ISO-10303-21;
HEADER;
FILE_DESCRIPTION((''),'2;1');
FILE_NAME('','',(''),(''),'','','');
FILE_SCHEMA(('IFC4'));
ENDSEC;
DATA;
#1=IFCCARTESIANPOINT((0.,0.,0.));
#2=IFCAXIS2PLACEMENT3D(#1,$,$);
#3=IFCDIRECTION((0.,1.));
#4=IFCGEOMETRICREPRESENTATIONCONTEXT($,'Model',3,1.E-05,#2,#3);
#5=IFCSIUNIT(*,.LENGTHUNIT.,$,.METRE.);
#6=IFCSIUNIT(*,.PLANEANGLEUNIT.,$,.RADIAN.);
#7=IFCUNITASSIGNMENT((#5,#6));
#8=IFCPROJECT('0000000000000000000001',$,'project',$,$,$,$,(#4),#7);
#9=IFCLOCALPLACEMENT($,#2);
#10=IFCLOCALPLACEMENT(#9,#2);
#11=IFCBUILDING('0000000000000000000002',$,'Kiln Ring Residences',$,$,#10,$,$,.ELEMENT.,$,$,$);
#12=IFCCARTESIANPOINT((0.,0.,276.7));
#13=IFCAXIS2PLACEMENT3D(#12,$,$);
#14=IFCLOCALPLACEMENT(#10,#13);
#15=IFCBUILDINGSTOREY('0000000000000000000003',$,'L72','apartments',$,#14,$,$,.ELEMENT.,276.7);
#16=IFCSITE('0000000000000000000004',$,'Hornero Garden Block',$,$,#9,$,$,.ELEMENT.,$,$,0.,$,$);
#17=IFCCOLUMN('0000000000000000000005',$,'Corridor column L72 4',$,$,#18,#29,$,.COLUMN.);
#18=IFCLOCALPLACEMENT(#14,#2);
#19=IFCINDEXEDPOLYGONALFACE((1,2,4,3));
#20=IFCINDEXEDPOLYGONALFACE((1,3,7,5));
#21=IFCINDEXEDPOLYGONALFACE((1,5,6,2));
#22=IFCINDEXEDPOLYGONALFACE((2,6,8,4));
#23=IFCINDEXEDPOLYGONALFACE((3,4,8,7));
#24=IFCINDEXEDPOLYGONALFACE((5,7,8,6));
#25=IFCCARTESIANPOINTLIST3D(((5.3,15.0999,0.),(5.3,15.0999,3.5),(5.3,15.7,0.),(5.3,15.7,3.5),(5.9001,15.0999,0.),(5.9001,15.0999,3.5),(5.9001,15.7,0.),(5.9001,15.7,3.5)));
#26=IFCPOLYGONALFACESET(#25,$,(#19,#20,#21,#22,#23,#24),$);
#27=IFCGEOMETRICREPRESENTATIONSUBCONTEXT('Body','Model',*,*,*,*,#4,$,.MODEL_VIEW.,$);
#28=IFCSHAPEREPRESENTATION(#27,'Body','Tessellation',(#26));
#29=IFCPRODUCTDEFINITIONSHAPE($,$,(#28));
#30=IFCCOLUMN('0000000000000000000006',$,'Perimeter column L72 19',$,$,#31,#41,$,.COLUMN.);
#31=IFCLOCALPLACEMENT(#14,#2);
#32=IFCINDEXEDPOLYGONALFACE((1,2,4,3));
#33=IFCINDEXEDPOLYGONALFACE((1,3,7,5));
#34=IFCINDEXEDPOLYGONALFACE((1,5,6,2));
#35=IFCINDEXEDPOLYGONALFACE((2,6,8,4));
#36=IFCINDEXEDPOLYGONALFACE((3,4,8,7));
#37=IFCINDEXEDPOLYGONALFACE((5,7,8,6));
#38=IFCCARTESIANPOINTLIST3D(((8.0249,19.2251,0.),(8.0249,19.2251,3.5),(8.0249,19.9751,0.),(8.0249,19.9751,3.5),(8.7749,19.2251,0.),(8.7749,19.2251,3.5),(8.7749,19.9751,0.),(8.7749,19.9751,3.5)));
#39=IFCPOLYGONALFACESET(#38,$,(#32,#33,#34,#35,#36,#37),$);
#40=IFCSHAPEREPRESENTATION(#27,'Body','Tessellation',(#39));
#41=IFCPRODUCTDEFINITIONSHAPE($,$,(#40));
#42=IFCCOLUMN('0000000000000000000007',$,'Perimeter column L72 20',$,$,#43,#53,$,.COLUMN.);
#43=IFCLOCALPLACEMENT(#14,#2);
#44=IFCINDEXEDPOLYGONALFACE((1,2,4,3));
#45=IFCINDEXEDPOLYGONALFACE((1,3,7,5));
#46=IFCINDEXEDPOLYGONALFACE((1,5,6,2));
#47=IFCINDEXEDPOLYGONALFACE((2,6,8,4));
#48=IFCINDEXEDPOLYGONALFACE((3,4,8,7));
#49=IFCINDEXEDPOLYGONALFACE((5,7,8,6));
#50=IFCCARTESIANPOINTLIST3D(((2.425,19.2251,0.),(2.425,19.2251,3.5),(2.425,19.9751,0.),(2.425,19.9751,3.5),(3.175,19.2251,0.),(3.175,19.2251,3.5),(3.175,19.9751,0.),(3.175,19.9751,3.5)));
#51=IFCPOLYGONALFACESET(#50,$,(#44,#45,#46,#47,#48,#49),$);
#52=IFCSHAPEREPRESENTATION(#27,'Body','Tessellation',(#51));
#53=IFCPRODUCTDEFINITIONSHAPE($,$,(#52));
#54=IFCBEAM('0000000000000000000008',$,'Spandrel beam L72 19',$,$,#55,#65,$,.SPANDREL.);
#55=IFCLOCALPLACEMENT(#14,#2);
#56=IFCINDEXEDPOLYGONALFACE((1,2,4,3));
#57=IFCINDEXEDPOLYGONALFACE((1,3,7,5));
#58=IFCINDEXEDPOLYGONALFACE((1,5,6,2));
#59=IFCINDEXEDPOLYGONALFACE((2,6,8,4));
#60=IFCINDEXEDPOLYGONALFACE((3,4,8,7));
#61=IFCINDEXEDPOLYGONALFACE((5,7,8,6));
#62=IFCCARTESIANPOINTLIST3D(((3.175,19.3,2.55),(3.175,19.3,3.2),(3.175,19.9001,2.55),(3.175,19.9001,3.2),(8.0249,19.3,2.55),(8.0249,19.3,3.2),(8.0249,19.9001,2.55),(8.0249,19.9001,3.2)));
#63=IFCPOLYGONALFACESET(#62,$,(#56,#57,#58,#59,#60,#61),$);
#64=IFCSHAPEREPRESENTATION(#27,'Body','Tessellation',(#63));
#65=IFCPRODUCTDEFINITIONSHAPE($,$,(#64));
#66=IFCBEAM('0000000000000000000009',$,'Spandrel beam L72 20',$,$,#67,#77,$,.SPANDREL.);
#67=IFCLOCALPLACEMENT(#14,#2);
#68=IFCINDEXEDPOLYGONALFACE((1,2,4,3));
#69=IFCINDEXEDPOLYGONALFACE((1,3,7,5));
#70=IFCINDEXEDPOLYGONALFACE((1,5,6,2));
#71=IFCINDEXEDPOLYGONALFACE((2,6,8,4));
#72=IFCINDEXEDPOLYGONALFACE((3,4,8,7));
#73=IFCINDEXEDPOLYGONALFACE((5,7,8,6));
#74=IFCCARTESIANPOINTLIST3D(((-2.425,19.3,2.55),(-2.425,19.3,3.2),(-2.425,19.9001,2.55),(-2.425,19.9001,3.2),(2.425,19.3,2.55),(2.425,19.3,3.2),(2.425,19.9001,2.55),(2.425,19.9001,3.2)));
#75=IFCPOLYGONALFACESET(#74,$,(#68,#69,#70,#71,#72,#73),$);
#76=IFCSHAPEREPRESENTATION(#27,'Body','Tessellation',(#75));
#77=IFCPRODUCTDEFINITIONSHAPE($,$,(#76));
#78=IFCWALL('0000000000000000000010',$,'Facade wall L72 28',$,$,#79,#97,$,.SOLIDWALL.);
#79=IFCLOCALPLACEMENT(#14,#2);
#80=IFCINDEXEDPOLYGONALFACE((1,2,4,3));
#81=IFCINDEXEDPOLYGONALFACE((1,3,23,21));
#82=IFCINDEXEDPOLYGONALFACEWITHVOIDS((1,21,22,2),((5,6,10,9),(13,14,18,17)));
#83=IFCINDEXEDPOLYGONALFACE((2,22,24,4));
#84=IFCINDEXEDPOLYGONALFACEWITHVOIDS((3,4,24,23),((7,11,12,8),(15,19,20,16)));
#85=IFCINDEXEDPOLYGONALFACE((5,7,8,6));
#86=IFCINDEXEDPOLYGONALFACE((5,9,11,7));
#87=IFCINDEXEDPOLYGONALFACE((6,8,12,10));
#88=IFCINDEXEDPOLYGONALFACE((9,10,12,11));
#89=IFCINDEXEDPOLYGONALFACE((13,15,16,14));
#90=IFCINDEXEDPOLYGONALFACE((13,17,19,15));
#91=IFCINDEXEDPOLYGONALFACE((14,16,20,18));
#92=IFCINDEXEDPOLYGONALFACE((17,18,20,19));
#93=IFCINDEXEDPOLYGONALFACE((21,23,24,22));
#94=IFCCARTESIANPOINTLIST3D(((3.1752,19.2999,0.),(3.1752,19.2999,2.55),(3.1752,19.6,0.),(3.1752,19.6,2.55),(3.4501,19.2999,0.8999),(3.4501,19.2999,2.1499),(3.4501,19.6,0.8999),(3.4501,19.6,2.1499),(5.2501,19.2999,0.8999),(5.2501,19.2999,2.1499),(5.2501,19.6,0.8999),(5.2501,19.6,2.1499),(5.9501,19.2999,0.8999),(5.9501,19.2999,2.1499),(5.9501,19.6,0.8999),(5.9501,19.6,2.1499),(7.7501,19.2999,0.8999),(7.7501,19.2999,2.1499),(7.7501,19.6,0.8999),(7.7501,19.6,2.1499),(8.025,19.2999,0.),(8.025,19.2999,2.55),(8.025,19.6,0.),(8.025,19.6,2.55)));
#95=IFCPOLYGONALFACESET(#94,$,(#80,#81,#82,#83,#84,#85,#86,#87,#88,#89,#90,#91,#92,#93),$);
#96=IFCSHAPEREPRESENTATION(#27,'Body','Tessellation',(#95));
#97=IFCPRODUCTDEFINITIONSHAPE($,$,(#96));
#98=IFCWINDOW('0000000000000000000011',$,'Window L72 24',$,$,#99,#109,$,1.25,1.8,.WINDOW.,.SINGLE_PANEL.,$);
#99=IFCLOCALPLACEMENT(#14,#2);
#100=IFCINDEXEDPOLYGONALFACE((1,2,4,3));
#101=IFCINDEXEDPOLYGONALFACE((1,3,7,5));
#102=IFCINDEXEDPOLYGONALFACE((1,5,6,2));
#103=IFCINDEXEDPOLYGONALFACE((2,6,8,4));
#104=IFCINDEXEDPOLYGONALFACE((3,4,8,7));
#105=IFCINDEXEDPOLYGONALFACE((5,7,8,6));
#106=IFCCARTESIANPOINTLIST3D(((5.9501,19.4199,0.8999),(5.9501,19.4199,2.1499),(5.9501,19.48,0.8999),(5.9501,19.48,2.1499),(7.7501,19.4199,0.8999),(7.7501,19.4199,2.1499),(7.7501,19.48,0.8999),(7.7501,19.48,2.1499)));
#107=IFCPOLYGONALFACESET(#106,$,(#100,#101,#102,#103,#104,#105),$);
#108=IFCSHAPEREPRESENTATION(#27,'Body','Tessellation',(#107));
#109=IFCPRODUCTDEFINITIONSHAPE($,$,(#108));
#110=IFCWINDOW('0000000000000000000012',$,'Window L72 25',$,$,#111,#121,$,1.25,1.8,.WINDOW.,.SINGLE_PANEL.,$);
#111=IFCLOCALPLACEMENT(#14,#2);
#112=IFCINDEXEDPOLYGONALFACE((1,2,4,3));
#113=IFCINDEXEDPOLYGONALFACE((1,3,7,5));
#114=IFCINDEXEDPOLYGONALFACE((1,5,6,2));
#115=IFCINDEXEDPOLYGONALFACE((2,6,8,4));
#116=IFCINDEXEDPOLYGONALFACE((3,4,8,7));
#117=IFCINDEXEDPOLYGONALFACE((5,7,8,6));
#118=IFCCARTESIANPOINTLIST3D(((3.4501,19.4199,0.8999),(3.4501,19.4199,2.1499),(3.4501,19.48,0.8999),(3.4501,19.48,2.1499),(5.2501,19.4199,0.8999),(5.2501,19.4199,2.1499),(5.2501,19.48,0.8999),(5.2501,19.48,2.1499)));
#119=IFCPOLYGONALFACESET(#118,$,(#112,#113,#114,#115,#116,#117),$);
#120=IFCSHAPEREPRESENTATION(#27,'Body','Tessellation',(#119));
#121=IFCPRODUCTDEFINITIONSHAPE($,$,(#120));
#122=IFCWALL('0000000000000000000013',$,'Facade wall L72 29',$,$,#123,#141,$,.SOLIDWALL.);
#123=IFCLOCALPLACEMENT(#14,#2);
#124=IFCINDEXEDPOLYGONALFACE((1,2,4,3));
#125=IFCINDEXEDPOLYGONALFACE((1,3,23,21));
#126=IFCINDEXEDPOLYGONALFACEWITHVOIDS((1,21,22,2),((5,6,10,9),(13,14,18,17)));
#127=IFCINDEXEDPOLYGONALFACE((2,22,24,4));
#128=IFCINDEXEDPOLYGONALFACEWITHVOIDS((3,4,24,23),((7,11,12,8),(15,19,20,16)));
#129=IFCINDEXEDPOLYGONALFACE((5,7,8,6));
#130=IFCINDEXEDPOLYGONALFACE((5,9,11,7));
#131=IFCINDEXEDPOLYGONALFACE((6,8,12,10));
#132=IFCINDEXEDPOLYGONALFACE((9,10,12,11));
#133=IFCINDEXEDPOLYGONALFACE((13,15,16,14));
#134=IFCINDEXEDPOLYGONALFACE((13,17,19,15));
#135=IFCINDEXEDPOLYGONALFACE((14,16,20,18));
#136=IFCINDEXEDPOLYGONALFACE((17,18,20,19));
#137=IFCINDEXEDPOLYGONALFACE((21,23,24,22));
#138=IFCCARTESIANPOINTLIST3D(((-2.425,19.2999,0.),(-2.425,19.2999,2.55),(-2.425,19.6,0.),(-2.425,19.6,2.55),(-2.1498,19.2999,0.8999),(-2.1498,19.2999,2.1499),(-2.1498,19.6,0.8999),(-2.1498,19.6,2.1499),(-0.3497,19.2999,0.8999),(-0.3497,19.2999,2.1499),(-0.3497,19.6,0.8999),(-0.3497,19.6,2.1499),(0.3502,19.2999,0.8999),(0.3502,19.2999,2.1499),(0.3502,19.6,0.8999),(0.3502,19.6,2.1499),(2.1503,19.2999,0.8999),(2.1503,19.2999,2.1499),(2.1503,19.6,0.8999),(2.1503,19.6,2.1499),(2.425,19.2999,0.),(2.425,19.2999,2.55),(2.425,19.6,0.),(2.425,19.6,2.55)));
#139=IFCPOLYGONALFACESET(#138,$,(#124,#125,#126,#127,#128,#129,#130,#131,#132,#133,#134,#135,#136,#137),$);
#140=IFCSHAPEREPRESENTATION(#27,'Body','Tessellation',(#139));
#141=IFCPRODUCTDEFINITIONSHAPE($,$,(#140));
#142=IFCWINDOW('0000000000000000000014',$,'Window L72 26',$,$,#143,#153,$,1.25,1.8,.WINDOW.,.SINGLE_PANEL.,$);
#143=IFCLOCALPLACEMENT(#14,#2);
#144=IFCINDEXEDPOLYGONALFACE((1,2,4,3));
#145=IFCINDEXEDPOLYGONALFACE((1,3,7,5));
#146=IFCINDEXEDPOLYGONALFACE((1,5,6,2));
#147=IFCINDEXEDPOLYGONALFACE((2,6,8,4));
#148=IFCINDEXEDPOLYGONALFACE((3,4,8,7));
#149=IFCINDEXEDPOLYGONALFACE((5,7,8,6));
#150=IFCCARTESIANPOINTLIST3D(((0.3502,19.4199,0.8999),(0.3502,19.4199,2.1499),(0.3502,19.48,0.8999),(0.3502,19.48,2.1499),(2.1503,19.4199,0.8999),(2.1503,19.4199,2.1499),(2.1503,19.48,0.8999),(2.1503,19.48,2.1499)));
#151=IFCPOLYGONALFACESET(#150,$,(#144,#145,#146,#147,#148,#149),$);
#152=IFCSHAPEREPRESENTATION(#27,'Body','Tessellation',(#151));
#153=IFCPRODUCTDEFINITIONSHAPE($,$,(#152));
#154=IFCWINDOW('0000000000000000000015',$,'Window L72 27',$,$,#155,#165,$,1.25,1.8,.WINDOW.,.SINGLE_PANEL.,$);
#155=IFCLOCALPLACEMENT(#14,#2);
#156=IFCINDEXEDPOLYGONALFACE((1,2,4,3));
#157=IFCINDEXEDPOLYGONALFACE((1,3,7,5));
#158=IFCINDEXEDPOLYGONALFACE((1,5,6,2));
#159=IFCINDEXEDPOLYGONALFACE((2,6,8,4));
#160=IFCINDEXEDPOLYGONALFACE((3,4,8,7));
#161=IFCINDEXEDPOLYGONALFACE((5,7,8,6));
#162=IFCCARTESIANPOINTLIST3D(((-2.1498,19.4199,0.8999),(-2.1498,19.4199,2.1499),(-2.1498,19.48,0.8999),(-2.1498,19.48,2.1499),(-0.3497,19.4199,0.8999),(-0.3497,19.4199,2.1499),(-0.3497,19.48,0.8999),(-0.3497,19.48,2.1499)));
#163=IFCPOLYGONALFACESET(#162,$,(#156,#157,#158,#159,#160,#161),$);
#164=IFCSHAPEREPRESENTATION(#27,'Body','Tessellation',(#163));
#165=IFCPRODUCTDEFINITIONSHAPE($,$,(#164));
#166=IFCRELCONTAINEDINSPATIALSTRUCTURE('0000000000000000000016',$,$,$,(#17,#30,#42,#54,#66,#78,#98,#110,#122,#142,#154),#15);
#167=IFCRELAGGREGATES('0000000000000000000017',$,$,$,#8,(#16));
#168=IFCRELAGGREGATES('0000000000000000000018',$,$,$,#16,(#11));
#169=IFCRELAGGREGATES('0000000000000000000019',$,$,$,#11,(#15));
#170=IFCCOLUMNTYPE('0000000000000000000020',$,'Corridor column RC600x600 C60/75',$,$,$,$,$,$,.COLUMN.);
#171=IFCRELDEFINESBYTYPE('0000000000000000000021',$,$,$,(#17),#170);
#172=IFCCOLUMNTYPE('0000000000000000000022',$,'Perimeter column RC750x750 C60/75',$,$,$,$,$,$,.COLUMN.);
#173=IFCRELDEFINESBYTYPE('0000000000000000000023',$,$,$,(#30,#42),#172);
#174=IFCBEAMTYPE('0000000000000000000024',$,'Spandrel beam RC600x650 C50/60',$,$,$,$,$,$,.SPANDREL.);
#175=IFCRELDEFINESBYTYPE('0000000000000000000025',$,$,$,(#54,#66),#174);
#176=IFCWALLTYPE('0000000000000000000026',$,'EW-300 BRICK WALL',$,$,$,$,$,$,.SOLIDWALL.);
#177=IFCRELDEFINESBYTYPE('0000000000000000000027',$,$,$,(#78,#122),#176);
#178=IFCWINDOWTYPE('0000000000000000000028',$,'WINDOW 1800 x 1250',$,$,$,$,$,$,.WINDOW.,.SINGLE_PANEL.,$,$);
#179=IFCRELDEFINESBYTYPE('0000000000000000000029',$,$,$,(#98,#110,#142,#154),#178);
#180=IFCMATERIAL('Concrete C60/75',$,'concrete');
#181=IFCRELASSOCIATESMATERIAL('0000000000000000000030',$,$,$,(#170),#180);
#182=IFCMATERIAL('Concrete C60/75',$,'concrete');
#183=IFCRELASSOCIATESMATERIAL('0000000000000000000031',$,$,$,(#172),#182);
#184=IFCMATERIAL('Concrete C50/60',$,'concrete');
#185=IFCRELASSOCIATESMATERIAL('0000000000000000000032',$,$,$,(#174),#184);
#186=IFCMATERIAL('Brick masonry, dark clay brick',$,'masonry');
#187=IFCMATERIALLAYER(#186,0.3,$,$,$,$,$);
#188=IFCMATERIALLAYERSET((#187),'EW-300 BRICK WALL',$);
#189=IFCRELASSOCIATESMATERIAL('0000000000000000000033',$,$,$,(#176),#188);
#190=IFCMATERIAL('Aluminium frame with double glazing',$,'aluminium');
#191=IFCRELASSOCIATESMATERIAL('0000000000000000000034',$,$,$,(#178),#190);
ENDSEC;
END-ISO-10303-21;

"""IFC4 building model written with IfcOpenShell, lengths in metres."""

from ifc_helpers import new_model, si_unit, direction, frame, frame_2d, origin, origin_2d, place, context, subcontext, project, spatial, rectangle, extrude, material, layer, layer_set, material_profile, profile_set, type_object, element, fill, save


model = new_model("IFC4")

# Units and contexts
model_context = context("Model", 3, precision=1e-05, world=origin(), true_north=direction((0.0, 1.0)))
body_context = subcontext(model_context, "Body", "Model", "MODEL_VIEW")
ifc_project = project(units=[si_unit("LENGTHUNIT", "METRE"), si_unit("PLANEANGLEUNIT", "RADIAN")], contexts=[model_context])

# Site, building, storey
site_placement = place(None, origin())
site = spatial("IfcSite", under=ifc_project, at=site_placement, Name="Hornero Garden Block", CompositionType="ELEMENT", RefElevation=0.0)
building_placement = place(site_placement, origin())
building = spatial("IfcBuilding", under=site, at=building_placement, Name="Kiln Ring Residences", CompositionType="ELEMENT")
storey_placement = place(building_placement, frame((0.0, 0.0, 276.7)))
storey = spatial("IfcBuildingStorey", under=building, at=storey_placement, Name="L72", Description="apartments", CompositionType="ELEMENT", Elevation=276.7)

# Columns
ifc_material_1 = material(Name="Concrete C60/75", Category="concrete")
ifc_material_profile_1 = material_profile(ifc_material_1, rectangle(XDim=0.6001, YDim=0.6001, at=origin_2d()), Name="RC600x600")
ifc_profile_set_1 = profile_set([ifc_material_profile_1], Name="Concrete C60/75")
column_type_1 = type_object("IfcColumnType", Name="Corridor column RC600x600 C60/75", PredefinedType="COLUMN", material=ifc_profile_set_1)
column_placement = place(storey_placement, frame((5.6001, 15.3999, 0.0), z_axis=(0.0, 0.0, 1.0), x_axis=(1.0, 0.0, 0.0)))
element("IfcColumn", 1, at=column_placement, inside=storey, type_object=column_type_1, Name="Corridor column L72 4", PredefinedType="COLUMN", context=body_context, shape_type="SweptSolid", body=[
    extrude(rectangle(XDim=0.6001, YDim=0.6001, at=origin_2d()), origin(), (0.0, 0.0, 1.0), 3.5),
])
ifc_material_2 = material(Name="Concrete C60/75", Category="concrete")
ifc_material_profile_2 = material_profile(ifc_material_2, rectangle(XDim=0.75, YDim=0.75, at=origin_2d()), Name="RC750x750")
ifc_profile_set_2 = profile_set([ifc_material_profile_2], Name="Concrete C60/75")
column_type_2 = type_object("IfcColumnType", Name="Perimeter column RC750x750 C60/75", PredefinedType="COLUMN", material=ifc_profile_set_2)
for number, where, z_axis, x_axis, name in (
    (2, (8.3999, 19.6001, 0.0), (0.0, 0.0, 1.0), (1.0, 0.0, 0.0), "Perimeter column L72 19"),
    (3, (2.8, 19.6001, 0.0), (0.0, 0.0, 1.0), (1.0, 0.0, 0.0), "Perimeter column L72 20"),
):
    element("IfcColumn", number, at=place(storey_placement, frame(where, z_axis=z_axis, x_axis=x_axis)), inside=storey, type_object=column_type_2, Name=name, PredefinedType="COLUMN", context=body_context, shape_type="SweptSolid", body=[
        extrude(rectangle(XDim=0.75, YDim=0.75, at=origin_2d()), origin(), (0.0, 0.0, 1.0), 3.5),
    ])

# Beams
ifc_material_3 = material(Name="Concrete C50/60", Category="concrete")
ifc_material_profile_3 = material_profile(ifc_material_3, rectangle(XDim=0.6001, YDim=0.6499, at=origin_2d()), Name="RC600x650")
ifc_profile_set_3 = profile_set([ifc_material_profile_3], Name="Concrete C50/60")
beam_type = type_object("IfcBeamType", Name="Spandrel beam RC600x650 C50/60", PredefinedType="SPANDREL", material=ifc_profile_set_3)
beam_1_placement = place(storey_placement, frame((8.0249, 19.6001, 2.875), z_axis=(-1.0, 0.0, 0.0), x_axis=(0.0, -1.0, 0.0)))
element("IfcBeam", 4, at=beam_1_placement, inside=storey, type_object=beam_type, Name="Spandrel beam L72 19", PredefinedType="SPANDREL", context=body_context, shape_type="SweptSolid", body=[
    extrude(rectangle(XDim=0.6001, YDim=0.6499, at=origin_2d()), origin(), (0.0, 0.0, 1.0), 4.8499),
])
beam_2_placement = place(storey_placement, frame((2.425, 19.6001, 2.875), z_axis=(-1.0, 0.0, 0.0), x_axis=(0.0, -1.0, 0.0)))
element("IfcBeam", 5, at=beam_2_placement, inside=storey, type_object=beam_type, Name="Spandrel beam L72 20", PredefinedType="SPANDREL", context=body_context, shape_type="SweptSolid", body=[
    extrude(rectangle(XDim=0.6001, YDim=0.6499, at=origin_2d()), origin(), (0.0, 0.0, 1.0), 4.8501),
])

# Walls, openings, windows
ifc_material_4 = material(Name="Brick masonry, dark clay brick", Category="masonry")
ifc_layer_1 = layer(ifc_material_4, 0.3)
ifc_layer_set_1 = layer_set([ifc_layer_1], Name="EW-300 BRICK WALL")
wall_type_1 = type_object("IfcWallType", Name="EW-300 BRICK WALL", PredefinedType="SOLIDWALL", material=ifc_layer_set_1)
wall_1_placement = place(storey_placement, frame((8.0249, 19.45, 0.0), z_axis=(0.0, 0.0, 1.0), x_axis=(-1.0, 0.0, 0.0)))
wall_1 = element("IfcWall", 6, at=wall_1_placement, inside=storey, type_object=wall_type_1, Name="Facade wall L72 28", PredefinedType="SOLIDWALL", context=body_context, shape_type="SweptSolid", body=[
    extrude(rectangle(XDim=4.8499, YDim=0.3, at=frame_2d((2.4248, 0.0))), origin(), (0.0, 0.0, 1.0), 2.55),
])
opening_1_placement = place(wall_1_placement, frame((0.2749, 0.0, 0.8999)))
opening_1 = element("IfcOpeningElement", 7, at=opening_1_placement, cuts=wall_1, PredefinedType="OPENING", context=body_context, shape_type="SweptSolid", body=[
    extrude(rectangle(XDim=1.8, YDim=1.25, at=frame_2d((0.8999, 0.625))), frame((0.0, 0.1599, 0.0), z_axis=(0.0, -1.0, 0.0), x_axis=(1.0, 0.0, 0.0)), (0.0, 0.0, 1.0), 0.3201),
])
opening_2_placement = place(wall_1_placement, frame((2.7749, 0.0, 0.8999)))
opening_2 = element("IfcOpeningElement", 8, at=opening_2_placement, cuts=wall_1, PredefinedType="OPENING", context=body_context, shape_type="SweptSolid", body=[
    extrude(rectangle(XDim=1.8, YDim=1.25, at=frame_2d((0.8999, 0.625))), frame((0.0, 0.1599, 0.0), z_axis=(0.0, -1.0, 0.0), x_axis=(1.0, 0.0, 0.0)), (0.0, 0.0, 1.0), 0.3201),
])
ifc_material_5 = material(Name="Aluminium frame with double glazing", Category="aluminium")
window_type = type_object("IfcWindowType", Name="WINDOW 1800 x 1250", PartitioningType="SINGLE_PANEL", PredefinedType="WINDOW", material=ifc_material_5)
window_1_placement = place(opening_1_placement, origin())
window_1 = element("IfcWindow", 9, at=window_1_placement, inside=storey, type_object=window_type, Name="Window L72 24", OverallHeight=1.25, OverallWidth=1.8, PartitioningType="SINGLE_PANEL", PredefinedType="WINDOW", context=body_context, shape_type="SweptSolid", body=[
    extrude(rectangle(XDim=1.8, YDim=1.25, at=frame_2d((0.8999, 0.625))), frame((0.0, 0.03, 0.0), z_axis=(0.0, -1.0, 0.0), x_axis=(1.0, 0.0, 0.0)), (0.0, 0.0, 1.0), 0.0601),
])
fill(opening_1, window_1)
window_2_placement = place(opening_2_placement, origin())
window_2 = element("IfcWindow", 10, at=window_2_placement, inside=storey, type_object=window_type, Name="Window L72 25", OverallHeight=1.25, OverallWidth=1.8, PartitioningType="SINGLE_PANEL", PredefinedType="WINDOW", context=body_context, shape_type="SweptSolid", body=[
    extrude(rectangle(XDim=1.8, YDim=1.25, at=frame_2d((0.8999, 0.625))), frame((0.0, 0.03, 0.0), z_axis=(0.0, -1.0, 0.0), x_axis=(1.0, 0.0, 0.0)), (0.0, 0.0, 1.0), 0.0601),
])
fill(opening_2, window_2)
wall_2_placement = place(storey_placement, frame((2.425, 19.45, 0.0), z_axis=(0.0, 0.0, 1.0), x_axis=(-1.0, 0.0, 0.0)))
wall_2 = element("IfcWall", 11, at=wall_2_placement, inside=storey, type_object=wall_type_1, Name="Facade wall L72 29", PredefinedType="SOLIDWALL", context=body_context, shape_type="SweptSolid", body=[
    extrude(rectangle(XDim=4.8501, YDim=0.3, at=frame_2d((2.425, 0.0))), origin(), (0.0, 0.0, 1.0), 2.55),
])
opening_3_placement = place(wall_2_placement, frame((0.2749, 0.0, 0.8999)))
opening_3 = element("IfcOpeningElement", 12, at=opening_3_placement, cuts=wall_2, PredefinedType="OPENING", context=body_context, shape_type="SweptSolid", body=[
    extrude(rectangle(XDim=1.8, YDim=1.25, at=frame_2d((0.8999, 0.625))), frame((0.0, 0.1599, 0.0), z_axis=(0.0, -1.0, 0.0), x_axis=(1.0, 0.0, 0.0)), (0.0, 0.0, 1.0), 0.3201),
])
opening_4_placement = place(wall_2_placement, frame((2.7749, 0.0, 0.8999)))
opening_4 = element("IfcOpeningElement", 13, at=opening_4_placement, cuts=wall_2, PredefinedType="OPENING", context=body_context, shape_type="SweptSolid", body=[
    extrude(rectangle(XDim=1.8, YDim=1.25, at=frame_2d((0.8999, 0.625))), frame((0.0, 0.1599, 0.0), z_axis=(0.0, -1.0, 0.0), x_axis=(1.0, 0.0, 0.0)), (0.0, 0.0, 1.0), 0.3201),
])
window_3_placement = place(opening_3_placement, origin())
window_3 = element("IfcWindow", 14, at=window_3_placement, inside=storey, type_object=window_type, Name="Window L72 26", OverallHeight=1.25, OverallWidth=1.8, PartitioningType="SINGLE_PANEL", PredefinedType="WINDOW", context=body_context, shape_type="SweptSolid", body=[
    extrude(rectangle(XDim=1.8, YDim=1.25, at=frame_2d((0.8999, 0.625))), frame((0.0, 0.03, 0.0), z_axis=(0.0, -1.0, 0.0), x_axis=(1.0, 0.0, 0.0)), (0.0, 0.0, 1.0), 0.0601),
])
fill(opening_3, window_3)
window_4_placement = place(opening_4_placement, origin())
window_4 = element("IfcWindow", 15, at=window_4_placement, inside=storey, type_object=window_type, Name="Window L72 27", OverallHeight=1.25, OverallWidth=1.8, PartitioningType="SINGLE_PANEL", PredefinedType="WINDOW", context=body_context, shape_type="SweptSolid", body=[
    extrude(rectangle(XDim=1.8, YDim=1.25, at=frame_2d((0.8999, 0.625))), frame((0.0, 0.03, 0.0), z_axis=(0.0, -1.0, 0.0), x_axis=(1.0, 0.0, 0.0)), (0.0, 0.0, 1.0), 0.0601),
])
fill(opening_4, window_4)

save(model, "model.ifc")
